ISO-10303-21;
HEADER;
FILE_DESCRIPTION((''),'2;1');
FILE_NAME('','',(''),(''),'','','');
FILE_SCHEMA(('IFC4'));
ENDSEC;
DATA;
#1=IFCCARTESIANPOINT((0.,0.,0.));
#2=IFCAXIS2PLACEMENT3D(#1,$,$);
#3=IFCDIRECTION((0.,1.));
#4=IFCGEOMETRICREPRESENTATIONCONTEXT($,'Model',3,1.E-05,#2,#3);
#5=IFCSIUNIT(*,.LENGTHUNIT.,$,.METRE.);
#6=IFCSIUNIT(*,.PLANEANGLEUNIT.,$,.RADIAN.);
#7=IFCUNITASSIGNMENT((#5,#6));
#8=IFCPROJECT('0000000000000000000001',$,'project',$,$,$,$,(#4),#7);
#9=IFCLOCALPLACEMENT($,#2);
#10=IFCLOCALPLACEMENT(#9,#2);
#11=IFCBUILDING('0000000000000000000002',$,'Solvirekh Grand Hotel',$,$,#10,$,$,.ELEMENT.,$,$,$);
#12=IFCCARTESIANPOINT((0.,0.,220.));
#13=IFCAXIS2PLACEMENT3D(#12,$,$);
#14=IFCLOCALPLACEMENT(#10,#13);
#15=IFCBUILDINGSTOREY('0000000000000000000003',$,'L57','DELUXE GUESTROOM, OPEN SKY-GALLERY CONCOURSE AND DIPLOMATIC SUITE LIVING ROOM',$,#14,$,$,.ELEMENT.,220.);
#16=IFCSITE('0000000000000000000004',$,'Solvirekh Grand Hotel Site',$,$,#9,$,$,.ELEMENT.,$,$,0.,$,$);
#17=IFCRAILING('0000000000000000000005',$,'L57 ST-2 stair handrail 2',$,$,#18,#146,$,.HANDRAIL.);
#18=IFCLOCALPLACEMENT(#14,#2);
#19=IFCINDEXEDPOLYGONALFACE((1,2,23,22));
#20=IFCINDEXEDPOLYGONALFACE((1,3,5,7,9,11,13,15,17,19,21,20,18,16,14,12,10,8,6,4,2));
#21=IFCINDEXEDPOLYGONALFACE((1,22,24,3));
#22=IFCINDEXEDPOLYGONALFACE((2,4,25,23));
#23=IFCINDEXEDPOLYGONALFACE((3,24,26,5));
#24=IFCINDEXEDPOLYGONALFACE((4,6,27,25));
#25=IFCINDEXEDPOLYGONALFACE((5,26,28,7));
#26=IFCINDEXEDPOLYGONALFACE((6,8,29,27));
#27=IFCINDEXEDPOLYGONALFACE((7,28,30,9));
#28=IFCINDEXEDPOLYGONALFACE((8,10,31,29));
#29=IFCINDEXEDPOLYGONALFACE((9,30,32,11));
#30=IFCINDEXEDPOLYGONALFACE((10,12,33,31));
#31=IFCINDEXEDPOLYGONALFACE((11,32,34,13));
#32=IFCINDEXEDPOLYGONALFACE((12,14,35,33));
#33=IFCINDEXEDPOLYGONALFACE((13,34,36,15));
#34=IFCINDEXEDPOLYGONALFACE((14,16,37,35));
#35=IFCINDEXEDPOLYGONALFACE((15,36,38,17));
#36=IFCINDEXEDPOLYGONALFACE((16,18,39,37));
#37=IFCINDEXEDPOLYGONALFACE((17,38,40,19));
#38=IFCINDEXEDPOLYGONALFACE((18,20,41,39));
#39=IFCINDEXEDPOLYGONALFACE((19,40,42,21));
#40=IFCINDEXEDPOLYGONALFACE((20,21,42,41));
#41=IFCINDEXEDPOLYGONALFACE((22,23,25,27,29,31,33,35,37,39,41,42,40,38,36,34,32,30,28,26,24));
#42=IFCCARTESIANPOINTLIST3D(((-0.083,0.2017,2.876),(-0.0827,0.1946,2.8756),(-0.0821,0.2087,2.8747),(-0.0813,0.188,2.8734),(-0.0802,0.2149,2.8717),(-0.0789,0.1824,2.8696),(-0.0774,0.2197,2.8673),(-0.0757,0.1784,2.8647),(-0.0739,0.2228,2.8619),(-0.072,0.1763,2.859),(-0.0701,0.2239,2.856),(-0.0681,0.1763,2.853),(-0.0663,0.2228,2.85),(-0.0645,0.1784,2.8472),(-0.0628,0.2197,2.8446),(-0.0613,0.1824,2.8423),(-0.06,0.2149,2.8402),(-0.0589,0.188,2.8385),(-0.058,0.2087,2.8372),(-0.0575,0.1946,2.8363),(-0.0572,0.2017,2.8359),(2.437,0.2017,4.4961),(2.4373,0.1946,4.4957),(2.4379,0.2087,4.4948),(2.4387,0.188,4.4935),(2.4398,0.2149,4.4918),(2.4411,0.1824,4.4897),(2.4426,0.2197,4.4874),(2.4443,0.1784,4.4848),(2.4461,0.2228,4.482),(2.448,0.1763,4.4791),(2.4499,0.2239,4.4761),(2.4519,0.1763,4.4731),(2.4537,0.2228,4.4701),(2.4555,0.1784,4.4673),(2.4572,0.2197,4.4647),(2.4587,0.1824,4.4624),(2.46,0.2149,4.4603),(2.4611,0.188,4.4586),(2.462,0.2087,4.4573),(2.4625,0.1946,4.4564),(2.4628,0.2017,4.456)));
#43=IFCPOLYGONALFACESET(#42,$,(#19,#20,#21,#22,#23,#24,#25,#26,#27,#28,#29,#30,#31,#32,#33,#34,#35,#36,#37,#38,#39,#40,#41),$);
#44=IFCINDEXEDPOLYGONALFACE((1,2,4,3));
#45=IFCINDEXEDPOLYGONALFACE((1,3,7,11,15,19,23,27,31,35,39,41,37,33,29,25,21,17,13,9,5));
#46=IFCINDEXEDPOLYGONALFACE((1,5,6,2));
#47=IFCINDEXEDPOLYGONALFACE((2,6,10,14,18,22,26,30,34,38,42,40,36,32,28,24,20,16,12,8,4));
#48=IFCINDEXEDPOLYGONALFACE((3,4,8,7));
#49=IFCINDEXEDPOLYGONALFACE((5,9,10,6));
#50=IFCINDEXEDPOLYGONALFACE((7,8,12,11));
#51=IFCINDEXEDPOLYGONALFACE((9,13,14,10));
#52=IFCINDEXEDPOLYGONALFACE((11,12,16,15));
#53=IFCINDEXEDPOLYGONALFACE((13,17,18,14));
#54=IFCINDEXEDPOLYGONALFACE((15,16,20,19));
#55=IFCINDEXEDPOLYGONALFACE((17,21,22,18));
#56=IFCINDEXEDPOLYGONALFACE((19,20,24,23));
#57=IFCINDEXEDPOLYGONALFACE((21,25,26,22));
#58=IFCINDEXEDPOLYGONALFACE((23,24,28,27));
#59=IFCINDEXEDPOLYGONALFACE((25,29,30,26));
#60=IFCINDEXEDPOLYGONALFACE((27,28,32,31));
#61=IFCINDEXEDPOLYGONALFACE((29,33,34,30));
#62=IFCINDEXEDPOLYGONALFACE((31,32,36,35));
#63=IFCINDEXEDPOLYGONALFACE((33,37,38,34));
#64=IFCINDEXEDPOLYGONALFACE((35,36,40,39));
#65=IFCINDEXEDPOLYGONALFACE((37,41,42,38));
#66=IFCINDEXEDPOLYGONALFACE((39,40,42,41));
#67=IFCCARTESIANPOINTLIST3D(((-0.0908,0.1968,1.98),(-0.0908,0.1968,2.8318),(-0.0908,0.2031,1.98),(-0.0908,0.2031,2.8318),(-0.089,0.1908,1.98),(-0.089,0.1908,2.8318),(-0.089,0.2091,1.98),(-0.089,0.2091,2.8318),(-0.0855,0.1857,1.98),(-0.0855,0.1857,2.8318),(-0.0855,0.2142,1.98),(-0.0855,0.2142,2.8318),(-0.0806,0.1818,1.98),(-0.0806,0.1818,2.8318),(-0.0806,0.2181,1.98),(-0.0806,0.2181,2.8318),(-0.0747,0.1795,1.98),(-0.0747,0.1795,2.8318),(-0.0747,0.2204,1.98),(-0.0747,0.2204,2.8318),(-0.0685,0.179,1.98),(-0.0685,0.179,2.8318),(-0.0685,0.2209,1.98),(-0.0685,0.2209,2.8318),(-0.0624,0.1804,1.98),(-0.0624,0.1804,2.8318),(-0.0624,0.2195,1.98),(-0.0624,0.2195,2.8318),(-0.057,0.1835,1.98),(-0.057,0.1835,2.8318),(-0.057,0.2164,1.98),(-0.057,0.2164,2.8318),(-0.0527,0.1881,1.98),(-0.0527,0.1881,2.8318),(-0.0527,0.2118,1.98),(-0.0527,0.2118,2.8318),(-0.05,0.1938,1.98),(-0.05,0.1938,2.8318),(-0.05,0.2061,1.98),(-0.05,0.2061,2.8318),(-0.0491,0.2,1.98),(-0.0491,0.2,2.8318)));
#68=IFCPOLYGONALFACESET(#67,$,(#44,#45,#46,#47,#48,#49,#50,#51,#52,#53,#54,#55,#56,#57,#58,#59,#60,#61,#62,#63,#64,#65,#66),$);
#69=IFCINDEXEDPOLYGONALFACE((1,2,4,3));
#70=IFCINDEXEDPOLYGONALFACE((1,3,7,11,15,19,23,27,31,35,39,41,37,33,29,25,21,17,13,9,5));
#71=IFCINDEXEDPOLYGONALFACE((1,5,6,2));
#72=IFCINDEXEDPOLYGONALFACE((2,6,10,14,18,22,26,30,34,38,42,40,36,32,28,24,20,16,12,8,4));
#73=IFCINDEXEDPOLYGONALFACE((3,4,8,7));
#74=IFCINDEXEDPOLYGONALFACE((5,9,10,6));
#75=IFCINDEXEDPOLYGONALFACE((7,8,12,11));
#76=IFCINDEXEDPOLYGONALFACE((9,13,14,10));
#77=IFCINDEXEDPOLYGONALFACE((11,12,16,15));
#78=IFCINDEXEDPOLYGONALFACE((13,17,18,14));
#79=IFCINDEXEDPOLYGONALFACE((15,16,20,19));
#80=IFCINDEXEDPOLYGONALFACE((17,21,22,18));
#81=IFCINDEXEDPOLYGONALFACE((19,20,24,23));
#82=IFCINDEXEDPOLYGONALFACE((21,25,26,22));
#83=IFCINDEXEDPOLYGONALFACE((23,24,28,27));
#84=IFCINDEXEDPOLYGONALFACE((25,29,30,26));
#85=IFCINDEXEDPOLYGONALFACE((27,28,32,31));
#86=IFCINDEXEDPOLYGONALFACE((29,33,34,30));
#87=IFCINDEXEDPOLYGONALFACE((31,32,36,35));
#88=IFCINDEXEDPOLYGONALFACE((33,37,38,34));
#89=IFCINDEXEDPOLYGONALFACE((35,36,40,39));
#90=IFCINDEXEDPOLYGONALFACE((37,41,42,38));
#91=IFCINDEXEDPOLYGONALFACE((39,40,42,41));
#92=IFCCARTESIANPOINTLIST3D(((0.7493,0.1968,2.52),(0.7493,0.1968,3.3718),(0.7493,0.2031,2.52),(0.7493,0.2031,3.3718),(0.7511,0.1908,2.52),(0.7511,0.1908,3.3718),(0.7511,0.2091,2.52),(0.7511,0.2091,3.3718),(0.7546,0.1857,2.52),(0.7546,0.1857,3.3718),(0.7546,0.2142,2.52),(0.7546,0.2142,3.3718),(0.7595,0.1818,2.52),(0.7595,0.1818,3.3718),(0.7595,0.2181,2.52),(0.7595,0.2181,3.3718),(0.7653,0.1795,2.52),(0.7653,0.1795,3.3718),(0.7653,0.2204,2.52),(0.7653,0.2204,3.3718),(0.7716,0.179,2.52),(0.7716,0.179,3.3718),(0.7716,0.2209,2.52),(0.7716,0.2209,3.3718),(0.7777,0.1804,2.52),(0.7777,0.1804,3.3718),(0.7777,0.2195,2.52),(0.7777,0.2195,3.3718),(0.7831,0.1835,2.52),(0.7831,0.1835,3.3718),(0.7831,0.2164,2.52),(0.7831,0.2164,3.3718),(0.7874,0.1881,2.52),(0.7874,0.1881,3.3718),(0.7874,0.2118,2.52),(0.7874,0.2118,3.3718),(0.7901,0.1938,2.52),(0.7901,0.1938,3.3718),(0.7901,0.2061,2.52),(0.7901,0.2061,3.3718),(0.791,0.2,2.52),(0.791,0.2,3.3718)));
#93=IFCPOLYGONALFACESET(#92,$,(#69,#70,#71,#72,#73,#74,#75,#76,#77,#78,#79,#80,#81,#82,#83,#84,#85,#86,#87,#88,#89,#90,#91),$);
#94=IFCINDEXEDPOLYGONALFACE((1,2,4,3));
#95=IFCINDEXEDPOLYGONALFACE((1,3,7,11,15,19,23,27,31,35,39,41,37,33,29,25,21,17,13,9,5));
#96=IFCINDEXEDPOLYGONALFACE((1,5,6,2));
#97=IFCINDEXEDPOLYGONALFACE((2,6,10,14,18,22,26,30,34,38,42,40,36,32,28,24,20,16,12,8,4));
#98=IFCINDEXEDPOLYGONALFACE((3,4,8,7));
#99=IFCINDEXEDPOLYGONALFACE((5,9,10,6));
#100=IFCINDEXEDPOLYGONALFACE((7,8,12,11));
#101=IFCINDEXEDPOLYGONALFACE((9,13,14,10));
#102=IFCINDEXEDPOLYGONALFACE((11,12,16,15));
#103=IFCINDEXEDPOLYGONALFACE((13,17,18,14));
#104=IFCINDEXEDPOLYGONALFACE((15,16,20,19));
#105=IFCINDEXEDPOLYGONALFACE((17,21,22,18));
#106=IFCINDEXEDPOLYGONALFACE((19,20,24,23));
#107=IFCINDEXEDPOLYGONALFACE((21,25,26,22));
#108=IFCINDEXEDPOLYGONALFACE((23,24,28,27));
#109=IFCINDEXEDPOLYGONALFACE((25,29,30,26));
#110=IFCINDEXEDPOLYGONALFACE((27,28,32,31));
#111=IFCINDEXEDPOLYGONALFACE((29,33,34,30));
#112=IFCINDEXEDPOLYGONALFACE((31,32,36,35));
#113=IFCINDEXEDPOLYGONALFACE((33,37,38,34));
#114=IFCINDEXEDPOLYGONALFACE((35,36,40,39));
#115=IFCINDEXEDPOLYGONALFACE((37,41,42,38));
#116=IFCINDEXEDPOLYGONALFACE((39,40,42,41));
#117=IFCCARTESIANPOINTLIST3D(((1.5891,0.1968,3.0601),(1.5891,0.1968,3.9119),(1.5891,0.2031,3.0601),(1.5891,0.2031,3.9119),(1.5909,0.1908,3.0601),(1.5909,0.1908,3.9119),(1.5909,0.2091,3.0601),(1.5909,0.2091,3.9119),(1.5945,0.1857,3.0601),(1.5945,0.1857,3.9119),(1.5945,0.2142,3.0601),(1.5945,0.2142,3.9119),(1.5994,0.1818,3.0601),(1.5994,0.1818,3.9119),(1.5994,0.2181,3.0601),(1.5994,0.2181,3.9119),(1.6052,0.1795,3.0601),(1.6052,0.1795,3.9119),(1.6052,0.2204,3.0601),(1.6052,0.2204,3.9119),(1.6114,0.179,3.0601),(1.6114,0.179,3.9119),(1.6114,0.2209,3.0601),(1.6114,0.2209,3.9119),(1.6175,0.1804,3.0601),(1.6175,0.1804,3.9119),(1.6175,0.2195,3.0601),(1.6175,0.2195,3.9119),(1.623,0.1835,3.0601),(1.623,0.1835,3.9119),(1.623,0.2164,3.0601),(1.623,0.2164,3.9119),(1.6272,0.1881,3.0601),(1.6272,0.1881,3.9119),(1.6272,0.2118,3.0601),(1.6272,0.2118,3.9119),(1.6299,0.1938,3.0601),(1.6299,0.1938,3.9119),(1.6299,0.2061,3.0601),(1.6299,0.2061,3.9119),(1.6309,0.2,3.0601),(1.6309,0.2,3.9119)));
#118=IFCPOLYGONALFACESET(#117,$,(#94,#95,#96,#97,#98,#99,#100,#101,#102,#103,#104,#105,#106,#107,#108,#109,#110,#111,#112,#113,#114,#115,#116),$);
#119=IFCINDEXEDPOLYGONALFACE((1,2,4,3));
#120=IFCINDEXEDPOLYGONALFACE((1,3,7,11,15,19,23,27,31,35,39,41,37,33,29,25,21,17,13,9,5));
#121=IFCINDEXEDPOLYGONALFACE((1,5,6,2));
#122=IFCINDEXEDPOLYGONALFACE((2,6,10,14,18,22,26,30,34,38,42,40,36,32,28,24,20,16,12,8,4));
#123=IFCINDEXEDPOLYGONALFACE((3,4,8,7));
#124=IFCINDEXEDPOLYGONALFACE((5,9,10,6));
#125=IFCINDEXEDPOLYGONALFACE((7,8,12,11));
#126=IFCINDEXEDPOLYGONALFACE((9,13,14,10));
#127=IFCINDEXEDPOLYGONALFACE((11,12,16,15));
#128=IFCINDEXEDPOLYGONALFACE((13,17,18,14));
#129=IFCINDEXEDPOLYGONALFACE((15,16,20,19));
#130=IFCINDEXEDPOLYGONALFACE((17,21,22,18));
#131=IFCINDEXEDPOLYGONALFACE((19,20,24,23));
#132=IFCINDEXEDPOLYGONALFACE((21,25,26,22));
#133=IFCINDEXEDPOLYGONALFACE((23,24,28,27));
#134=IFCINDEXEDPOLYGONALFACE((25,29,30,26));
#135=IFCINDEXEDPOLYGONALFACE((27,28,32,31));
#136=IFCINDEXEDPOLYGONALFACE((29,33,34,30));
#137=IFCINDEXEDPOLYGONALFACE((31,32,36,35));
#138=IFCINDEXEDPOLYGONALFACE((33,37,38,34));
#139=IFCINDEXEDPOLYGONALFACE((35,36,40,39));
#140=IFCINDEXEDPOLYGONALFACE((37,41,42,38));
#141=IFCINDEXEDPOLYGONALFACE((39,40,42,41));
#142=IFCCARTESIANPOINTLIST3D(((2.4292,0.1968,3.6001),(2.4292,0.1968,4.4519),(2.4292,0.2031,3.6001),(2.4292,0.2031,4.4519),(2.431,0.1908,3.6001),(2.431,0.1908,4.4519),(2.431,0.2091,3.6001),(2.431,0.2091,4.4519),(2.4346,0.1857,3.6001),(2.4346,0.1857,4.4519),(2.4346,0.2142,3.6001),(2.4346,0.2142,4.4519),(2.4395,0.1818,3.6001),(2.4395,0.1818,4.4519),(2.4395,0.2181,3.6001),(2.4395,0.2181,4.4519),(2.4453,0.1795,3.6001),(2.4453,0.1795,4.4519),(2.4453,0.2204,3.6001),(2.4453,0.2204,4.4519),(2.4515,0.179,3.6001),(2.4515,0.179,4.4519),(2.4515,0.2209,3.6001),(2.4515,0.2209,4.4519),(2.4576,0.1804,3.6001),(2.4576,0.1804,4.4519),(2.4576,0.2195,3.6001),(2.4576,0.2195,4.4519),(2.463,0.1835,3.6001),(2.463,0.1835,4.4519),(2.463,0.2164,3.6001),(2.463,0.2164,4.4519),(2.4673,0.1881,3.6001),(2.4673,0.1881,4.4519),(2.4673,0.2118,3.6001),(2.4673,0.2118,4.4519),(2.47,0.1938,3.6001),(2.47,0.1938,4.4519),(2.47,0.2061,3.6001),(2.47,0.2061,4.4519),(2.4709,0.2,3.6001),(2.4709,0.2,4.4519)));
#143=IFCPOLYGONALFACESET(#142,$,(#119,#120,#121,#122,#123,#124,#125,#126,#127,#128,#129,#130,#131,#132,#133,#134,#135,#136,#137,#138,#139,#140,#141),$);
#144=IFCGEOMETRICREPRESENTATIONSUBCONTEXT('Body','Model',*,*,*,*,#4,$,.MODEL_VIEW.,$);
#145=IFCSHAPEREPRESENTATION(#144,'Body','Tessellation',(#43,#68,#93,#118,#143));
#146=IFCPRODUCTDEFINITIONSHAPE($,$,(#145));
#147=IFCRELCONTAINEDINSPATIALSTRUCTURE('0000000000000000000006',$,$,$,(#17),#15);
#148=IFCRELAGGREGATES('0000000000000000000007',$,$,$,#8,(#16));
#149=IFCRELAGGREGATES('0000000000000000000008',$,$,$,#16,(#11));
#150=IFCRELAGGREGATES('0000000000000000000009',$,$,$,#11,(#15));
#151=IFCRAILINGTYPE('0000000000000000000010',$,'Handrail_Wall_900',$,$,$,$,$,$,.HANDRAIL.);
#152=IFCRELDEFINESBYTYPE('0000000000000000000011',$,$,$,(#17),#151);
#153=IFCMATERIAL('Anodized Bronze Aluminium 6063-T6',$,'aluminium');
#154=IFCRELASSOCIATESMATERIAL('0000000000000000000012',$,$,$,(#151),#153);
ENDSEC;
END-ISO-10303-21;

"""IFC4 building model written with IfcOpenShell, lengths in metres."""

from ifc_helpers import new_model, si_unit, direction, frame, origin, origin_2d, place, context, subcontext, project, spatial, circle, extrude, material, type_object, element, save


model = new_model("IFC4")

# Units and contexts
model_context = context("Model", 3, precision=1e-05, world=origin(), true_north=direction((0.0, 1.0)))
body_context = subcontext(model_context, "Body", "Model", "MODEL_VIEW")
ifc_project = project(units=[si_unit("LENGTHUNIT", "METRE"), si_unit("PLANEANGLEUNIT", "RADIAN")], contexts=[model_context])

# Site, building, storey
site_placement = place(None, origin())
site = spatial("IfcSite", under=ifc_project, at=site_placement, Name="Solvirekh Grand Hotel Site", CompositionType="ELEMENT", RefElevation=0.0)
building_placement = place(site_placement, origin())
building = spatial("IfcBuilding", under=site, at=building_placement, Name="Solvirekh Grand Hotel", CompositionType="ELEMENT")
storey_placement = place(building_placement, frame((0.0, 0.0, 220.0)))
storey = spatial("IfcBuildingStorey", under=building, at=storey_placement, Name="L57", Description="DELUXE GUESTROOM, OPEN SKY-GALLERY CONCOURSE AND DIPLOMATIC SUITE LIVING ROOM", CompositionType="ELEMENT", Elevation=220.0)

# Railing
ifc_material_1 = material(Name="Anodized Bronze Aluminium 6063-T6", Category="aluminium")
railing_type_1 = type_object("IfcRailingType", Name="Handrail_Wall_900", PredefinedType="HANDRAIL", material=ifc_material_1)
railing_1_placement = place(storey_placement, frame((-0.0701, 0.2, 1.98)))
element("IfcRailing", 1, at=railing_1_placement, inside=storey, type_object=railing_type_1, Name="L57 ST-2 stair handrail 2", PredefinedType="HANDRAIL", context=body_context, shape_type="SweptSolid", body=[
    extrude(circle(Radius=0.0239, at=origin_2d()), frame((0.0, 0.0, 0.876), z_axis=(0.841163, 0.0, 0.540782), x_axis=(0.0, 1.0, 0.0)), (0.0, 0.0, 1.0), 2.9958),
    extrude(circle(Radius=0.021, at=origin_2d()), origin(), (0.0, 0.0, 1.0), 0.8518),
    extrude(circle(Radius=0.021, at=origin_2d()), frame((0.8401, 0.0, 0.54)), (0.0, 0.0, 1.0), 0.8518),
    extrude(circle(Radius=0.021, at=origin_2d()), frame((1.6799, 0.0, 1.0801)), (0.0, 0.0, 1.0), 0.8518),
    extrude(circle(Radius=0.021, at=origin_2d()), frame((2.52, 0.0, 1.6201)), (0.0, 0.0, 1.0), 0.8518),
])

save(model, "model.ifc")
